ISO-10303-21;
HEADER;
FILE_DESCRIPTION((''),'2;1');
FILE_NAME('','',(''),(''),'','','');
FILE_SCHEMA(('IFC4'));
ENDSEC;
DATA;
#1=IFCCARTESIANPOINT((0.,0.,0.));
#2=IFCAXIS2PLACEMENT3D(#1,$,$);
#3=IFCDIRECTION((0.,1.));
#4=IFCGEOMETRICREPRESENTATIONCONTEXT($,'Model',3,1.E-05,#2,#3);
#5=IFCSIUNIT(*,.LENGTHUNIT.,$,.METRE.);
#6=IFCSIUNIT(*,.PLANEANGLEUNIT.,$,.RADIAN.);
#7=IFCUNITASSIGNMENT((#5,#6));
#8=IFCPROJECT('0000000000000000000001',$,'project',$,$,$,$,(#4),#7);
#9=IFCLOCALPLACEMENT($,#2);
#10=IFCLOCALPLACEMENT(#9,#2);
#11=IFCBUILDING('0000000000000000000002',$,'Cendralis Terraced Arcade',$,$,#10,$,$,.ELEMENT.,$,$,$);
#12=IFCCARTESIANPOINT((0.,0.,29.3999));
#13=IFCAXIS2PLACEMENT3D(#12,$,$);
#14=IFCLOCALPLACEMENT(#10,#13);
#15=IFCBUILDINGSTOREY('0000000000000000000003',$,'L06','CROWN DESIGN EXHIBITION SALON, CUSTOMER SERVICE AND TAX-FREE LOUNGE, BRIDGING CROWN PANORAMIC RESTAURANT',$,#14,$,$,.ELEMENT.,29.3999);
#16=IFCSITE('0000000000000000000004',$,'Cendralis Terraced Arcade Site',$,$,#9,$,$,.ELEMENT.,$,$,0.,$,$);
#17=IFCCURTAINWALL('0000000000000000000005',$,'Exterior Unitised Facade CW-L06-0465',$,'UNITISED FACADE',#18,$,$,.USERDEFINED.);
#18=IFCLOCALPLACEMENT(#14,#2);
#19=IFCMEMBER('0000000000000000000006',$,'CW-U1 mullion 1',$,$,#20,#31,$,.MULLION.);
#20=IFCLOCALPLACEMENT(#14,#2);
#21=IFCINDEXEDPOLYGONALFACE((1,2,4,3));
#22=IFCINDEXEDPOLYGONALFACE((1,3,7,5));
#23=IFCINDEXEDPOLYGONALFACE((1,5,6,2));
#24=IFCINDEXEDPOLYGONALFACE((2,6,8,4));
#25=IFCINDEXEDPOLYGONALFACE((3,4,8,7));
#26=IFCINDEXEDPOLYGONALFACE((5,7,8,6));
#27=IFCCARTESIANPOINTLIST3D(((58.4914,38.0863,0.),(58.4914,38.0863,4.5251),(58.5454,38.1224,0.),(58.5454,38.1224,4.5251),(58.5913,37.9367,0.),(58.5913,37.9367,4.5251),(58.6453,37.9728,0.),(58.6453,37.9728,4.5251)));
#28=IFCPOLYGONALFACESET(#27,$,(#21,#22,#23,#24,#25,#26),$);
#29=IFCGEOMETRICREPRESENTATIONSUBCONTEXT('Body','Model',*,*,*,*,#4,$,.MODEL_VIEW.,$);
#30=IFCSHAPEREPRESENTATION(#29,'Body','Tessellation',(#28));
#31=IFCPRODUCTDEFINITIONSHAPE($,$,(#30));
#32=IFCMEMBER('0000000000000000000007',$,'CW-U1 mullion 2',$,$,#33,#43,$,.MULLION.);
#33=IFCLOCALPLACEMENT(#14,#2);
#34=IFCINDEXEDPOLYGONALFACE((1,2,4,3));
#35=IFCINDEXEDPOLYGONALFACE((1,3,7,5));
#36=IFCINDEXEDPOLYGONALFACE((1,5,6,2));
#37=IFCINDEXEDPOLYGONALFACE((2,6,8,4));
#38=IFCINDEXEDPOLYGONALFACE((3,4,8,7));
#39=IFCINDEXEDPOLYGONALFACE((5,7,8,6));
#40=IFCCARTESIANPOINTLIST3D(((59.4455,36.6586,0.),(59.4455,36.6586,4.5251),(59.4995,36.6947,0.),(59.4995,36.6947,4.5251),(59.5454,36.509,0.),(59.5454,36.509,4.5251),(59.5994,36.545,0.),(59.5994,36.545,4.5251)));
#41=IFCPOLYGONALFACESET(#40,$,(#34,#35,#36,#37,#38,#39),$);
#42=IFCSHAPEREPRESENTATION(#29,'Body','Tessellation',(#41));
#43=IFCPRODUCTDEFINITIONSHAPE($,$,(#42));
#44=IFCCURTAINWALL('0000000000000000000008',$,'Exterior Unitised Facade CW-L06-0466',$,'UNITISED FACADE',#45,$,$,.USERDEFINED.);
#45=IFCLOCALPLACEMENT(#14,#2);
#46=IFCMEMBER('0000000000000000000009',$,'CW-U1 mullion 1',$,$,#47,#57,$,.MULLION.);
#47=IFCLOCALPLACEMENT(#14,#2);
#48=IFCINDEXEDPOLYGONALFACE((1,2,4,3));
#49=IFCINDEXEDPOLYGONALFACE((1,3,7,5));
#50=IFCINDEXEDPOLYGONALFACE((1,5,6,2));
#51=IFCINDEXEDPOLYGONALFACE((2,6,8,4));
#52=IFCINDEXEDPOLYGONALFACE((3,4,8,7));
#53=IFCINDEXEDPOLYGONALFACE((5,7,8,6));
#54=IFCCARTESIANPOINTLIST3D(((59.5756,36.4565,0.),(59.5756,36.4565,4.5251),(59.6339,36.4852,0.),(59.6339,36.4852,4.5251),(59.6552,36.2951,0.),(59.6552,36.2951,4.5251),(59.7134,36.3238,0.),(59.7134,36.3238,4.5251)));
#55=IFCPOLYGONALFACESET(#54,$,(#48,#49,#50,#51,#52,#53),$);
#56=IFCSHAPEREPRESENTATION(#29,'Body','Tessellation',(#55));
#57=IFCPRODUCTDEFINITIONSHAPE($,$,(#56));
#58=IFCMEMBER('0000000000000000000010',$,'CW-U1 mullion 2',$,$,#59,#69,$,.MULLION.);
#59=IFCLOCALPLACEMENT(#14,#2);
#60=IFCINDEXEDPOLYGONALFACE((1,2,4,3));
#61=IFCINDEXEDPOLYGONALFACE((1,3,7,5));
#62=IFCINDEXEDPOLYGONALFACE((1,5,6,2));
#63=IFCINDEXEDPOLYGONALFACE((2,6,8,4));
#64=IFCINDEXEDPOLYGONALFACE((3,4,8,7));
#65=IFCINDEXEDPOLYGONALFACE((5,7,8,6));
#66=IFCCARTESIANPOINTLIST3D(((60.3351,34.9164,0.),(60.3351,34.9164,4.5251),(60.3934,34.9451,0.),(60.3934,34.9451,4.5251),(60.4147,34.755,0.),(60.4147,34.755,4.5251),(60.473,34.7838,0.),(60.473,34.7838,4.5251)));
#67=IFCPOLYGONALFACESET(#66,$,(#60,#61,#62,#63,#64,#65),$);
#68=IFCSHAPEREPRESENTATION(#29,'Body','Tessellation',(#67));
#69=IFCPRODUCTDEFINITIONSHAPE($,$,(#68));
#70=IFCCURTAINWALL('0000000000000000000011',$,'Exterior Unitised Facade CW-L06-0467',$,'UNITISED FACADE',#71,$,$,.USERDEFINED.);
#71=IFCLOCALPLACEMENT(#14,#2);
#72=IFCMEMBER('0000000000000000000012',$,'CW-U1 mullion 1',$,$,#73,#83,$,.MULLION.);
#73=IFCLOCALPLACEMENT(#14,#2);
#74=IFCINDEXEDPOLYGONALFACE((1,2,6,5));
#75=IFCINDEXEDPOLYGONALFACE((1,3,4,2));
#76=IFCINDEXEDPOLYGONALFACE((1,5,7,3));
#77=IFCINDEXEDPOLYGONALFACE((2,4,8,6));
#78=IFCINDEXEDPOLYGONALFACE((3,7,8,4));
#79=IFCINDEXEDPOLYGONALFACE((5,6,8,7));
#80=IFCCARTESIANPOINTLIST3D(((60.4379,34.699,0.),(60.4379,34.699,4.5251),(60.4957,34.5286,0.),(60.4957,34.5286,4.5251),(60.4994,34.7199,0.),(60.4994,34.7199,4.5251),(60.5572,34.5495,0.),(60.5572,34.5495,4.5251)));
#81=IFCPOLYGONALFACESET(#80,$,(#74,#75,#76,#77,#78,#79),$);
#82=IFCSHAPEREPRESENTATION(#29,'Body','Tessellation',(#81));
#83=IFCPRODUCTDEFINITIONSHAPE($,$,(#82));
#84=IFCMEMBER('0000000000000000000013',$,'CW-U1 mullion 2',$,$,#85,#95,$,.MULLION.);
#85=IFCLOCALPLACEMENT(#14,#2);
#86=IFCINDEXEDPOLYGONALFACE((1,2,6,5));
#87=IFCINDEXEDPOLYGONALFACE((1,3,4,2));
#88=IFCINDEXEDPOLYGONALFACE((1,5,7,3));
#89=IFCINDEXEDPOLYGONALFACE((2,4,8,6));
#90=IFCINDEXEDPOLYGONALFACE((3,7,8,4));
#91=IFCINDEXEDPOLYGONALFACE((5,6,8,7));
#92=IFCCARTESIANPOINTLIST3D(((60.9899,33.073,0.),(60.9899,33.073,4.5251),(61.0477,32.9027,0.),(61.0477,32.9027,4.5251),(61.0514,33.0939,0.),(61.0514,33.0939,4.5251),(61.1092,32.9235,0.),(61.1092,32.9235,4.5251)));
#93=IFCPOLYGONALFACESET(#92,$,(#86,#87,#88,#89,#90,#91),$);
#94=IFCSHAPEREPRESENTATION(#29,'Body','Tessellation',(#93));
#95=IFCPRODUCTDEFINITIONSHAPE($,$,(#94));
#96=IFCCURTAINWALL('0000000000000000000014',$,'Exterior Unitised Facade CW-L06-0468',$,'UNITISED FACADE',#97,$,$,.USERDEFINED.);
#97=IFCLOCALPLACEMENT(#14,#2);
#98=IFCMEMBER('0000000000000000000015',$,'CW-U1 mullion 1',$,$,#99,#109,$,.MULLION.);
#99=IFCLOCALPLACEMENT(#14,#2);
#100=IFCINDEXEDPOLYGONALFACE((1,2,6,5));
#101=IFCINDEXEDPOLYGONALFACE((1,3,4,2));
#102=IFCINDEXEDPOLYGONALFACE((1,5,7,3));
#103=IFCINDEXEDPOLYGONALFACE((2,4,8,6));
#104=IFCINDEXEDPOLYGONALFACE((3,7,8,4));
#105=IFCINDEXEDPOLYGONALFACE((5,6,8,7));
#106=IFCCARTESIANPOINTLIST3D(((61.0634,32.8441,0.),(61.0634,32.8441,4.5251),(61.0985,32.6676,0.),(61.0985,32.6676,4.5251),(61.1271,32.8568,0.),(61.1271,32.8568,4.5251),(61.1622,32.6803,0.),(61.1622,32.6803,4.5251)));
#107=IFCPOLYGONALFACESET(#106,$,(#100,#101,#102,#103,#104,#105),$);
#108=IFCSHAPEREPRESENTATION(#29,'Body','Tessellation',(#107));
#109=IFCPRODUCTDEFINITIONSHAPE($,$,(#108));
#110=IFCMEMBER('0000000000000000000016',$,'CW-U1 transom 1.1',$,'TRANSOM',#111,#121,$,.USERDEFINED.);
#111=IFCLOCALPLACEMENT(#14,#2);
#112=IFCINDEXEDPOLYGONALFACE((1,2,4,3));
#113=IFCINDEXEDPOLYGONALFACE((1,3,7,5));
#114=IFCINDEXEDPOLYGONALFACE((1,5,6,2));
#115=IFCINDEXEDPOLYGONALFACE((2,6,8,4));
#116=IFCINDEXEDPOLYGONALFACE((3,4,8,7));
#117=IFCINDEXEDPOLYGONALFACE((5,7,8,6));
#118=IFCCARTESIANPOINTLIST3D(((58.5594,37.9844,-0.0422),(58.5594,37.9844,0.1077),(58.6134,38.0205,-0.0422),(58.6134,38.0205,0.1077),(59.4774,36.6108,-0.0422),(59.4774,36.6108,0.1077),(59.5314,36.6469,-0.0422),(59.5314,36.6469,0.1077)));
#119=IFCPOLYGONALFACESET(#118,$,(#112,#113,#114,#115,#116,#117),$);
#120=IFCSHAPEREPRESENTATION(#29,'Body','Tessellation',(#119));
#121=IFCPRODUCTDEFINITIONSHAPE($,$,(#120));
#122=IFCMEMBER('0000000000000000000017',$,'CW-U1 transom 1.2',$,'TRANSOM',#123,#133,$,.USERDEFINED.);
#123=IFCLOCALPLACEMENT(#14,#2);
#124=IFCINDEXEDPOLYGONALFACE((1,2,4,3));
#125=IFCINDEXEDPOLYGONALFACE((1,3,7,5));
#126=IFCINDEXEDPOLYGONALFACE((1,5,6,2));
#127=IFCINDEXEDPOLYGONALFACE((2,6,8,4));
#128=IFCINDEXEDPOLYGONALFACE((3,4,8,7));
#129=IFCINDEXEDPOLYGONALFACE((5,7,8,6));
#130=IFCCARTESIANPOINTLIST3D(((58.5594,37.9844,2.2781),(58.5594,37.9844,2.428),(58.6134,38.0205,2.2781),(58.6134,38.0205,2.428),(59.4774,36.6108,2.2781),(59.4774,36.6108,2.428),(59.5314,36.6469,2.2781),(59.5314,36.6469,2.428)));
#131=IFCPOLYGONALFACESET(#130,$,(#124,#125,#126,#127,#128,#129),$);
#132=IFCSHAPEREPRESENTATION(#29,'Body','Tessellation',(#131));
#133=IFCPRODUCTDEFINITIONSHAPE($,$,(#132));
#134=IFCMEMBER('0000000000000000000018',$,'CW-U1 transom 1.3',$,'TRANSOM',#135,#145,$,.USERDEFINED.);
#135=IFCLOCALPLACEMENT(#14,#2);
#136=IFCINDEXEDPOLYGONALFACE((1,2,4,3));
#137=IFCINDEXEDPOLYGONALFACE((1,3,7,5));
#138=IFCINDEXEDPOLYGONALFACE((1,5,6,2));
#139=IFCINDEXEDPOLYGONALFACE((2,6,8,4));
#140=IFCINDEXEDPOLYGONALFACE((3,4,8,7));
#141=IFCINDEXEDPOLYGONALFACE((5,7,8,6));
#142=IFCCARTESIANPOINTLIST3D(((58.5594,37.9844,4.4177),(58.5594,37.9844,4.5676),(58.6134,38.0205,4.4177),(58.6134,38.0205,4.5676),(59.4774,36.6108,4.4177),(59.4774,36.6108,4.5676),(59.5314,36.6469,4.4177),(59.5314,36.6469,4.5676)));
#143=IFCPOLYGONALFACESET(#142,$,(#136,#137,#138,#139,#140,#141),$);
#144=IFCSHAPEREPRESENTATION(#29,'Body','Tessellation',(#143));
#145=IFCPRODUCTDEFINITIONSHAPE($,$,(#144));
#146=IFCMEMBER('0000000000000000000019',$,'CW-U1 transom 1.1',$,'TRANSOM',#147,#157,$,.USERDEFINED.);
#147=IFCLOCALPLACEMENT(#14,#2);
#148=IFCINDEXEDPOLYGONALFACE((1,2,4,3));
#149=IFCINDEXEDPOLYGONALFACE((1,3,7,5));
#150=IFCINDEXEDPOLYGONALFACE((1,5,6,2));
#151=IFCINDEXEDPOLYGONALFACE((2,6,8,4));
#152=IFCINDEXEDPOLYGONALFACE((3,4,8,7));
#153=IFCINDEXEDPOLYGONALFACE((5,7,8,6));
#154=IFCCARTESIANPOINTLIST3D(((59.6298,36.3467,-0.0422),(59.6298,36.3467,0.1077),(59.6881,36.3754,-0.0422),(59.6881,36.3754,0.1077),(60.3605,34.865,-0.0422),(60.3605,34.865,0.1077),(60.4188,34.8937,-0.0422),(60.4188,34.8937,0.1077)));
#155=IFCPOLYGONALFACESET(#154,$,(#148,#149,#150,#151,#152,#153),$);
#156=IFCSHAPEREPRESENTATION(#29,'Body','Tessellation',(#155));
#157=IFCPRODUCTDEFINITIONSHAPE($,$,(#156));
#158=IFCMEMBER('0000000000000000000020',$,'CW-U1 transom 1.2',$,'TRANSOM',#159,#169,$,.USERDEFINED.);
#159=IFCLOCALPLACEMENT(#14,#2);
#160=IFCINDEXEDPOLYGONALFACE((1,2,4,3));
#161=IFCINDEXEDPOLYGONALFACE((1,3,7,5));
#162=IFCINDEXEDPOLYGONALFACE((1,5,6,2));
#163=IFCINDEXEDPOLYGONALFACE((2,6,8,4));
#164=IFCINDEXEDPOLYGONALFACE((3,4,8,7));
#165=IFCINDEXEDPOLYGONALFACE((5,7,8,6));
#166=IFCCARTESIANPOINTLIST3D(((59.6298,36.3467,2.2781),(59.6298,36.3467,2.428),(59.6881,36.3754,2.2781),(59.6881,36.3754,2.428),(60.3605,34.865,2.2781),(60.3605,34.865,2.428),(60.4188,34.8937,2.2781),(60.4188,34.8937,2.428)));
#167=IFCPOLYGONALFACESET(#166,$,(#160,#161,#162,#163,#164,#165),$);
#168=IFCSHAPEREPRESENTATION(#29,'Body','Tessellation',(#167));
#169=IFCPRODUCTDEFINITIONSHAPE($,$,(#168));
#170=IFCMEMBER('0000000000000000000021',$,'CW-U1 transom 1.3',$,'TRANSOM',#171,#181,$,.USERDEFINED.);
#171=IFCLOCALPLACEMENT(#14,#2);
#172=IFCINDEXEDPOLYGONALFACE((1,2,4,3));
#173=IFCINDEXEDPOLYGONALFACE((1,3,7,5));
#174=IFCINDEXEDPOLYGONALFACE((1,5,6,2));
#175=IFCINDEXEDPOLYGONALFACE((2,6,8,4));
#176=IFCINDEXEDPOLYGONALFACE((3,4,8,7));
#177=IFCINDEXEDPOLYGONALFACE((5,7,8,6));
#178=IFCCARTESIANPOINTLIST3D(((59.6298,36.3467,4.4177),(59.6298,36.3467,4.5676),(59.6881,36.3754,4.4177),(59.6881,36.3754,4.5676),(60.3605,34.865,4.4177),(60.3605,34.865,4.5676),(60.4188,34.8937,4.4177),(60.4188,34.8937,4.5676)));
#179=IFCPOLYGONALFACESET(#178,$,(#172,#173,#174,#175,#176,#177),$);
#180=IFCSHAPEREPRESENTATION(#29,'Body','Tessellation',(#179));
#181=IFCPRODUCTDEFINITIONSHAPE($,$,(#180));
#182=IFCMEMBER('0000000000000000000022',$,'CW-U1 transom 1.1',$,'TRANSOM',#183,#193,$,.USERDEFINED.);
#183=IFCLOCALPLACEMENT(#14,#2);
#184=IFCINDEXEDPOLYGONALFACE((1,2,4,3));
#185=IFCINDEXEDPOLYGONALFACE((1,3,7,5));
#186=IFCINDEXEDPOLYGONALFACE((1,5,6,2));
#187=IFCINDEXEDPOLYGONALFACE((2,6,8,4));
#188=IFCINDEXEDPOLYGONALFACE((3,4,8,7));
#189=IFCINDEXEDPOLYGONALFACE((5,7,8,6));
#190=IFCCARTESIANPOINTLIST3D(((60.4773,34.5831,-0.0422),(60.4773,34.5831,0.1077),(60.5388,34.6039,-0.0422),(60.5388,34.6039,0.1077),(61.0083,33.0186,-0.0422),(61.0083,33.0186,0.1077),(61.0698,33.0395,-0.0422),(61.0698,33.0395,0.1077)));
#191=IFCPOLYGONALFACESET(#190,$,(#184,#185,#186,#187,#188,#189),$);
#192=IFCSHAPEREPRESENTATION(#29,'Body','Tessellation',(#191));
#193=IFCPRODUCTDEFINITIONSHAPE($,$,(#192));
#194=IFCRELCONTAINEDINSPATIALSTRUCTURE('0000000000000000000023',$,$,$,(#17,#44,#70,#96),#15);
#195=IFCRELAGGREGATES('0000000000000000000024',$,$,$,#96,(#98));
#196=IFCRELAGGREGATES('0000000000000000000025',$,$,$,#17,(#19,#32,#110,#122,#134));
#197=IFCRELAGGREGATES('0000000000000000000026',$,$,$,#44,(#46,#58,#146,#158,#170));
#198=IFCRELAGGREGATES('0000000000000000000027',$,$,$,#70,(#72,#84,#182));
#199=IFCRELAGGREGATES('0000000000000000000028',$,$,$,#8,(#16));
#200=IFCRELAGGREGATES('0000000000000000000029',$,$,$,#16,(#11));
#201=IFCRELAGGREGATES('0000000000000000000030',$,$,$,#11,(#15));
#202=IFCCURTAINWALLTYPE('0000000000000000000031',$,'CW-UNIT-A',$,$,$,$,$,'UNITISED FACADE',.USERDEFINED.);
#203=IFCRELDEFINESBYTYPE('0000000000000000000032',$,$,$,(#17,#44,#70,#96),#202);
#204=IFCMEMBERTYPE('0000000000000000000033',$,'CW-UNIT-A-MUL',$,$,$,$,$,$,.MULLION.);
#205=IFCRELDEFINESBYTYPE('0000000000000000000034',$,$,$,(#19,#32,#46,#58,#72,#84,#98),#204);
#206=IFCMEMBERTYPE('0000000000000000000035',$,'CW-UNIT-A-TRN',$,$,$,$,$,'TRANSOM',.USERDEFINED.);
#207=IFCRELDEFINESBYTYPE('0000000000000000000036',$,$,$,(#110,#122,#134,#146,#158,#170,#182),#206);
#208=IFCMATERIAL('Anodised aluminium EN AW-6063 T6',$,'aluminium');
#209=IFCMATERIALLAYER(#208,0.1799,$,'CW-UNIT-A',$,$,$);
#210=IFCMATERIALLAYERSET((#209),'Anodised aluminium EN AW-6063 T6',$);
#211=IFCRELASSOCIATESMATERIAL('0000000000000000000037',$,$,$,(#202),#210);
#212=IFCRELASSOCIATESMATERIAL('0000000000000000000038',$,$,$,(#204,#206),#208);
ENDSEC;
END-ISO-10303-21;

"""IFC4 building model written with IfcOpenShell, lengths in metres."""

from ifc_helpers import new_model, si_unit, direction, frame, origin, origin_2d, place, context, subcontext, project, spatial, rectangle, extrude, material, layer, layer_set, material_profile, profile_set, type_object, element, aggregate, save


model = new_model("IFC4")

# Units and contexts
model_context = context("Model", 3, precision=1e-05, world=origin(), true_north=direction((0.0, 1.0)))
body_context = subcontext(model_context, "Body", "Model", "MODEL_VIEW")
ifc_project = project(units=[si_unit("LENGTHUNIT", "METRE"), si_unit("PLANEANGLEUNIT", "RADIAN")], contexts=[model_context])

# Site, building, storey
site_placement = place(None, origin())
site = spatial("IfcSite", under=ifc_project, at=site_placement, Name="Cendralis Terraced Arcade Site", CompositionType="ELEMENT", RefElevation=0.0)
building_placement = place(site_placement, origin())
building = spatial("IfcBuilding", under=site, at=building_placement, Name="Cendralis Terraced Arcade", CompositionType="ELEMENT")
storey_placement = place(building_placement, frame((0.0, 0.0, 29.3999)))
storey = spatial("IfcBuildingStorey", under=building, at=storey_placement, Name="L06", Description="CROWN DESIGN EXHIBITION SALON, CUSTOMER SERVICE AND TAX-FREE LOUNGE, BRIDGING CROWN PANORAMIC RESTAURANT", CompositionType="ELEMENT", Elevation=29.3999)

# Curtain walls, members
ifc_material_1 = material(Name="Anodised aluminium EN AW-6063 T6", Category="aluminium")
ifc_layer_1 = layer(ifc_material_1, 0.1799, Name="CW-UNIT-A")
ifc_layer_set_1 = layer_set([ifc_layer_1], Name="Anodised aluminium EN AW-6063 T6")
curtain_wall_type = type_object("IfcCurtainWallType", Name="CW-UNIT-A", ElementType="UNITISED FACADE", PredefinedType="USERDEFINED", material=ifc_layer_set_1)
curtain_wall_1_placement = place(storey_placement, origin())
curtain_wall_1 = element("IfcCurtainWall", 1, at=curtain_wall_1_placement, inside=storey, type_object=curtain_wall_type, Name="Exterior Unitised Facade CW-L06-0465", ObjectType="UNITISED FACADE", PredefinedType="USERDEFINED")
ifc_material_profile_1 = material_profile(ifc_material_1, rectangle(XDim=0.0649, YDim=0.1799, at=origin_2d()), Name="ALU-MUL-65x180")
ifc_profile_set_1 = profile_set([ifc_material_profile_1], Name="Anodised aluminium EN AW-6063 T6")
member_type_1 = type_object("IfcMemberType", Name="CW-UNIT-A-MUL", PredefinedType="MULLION", material=ifc_profile_set_1)
member_1_placement = place(storey_placement, frame((58.5684, 38.0295, 0.0), z_axis=(0.0, 0.0, 1.0), x_axis=(0.831471, 0.555567, 0.0)))
member_1 = element("IfcMember", 2, at=member_1_placement, type_object=member_type_1, Name="CW-U1 mullion 1", PredefinedType="MULLION", context=body_context, shape_type="SweptSolid", body=[
    extrude(rectangle(XDim=0.0649, YDim=0.1799, at=origin_2d()), origin(), (0.0, 0.0, 1.0), 4.5251),
])
member_2_placement = place(storey_placement, frame((59.5225, 36.6018, 0.0), z_axis=(0.0, 0.0, 1.0), x_axis=(0.831471, 0.555567, 0.0)))
member_2 = element("IfcMember", 3, at=member_2_placement, type_object=member_type_1, Name="CW-U1 mullion 2", PredefinedType="MULLION", context=body_context, shape_type="SweptSolid", body=[
    extrude(rectangle(XDim=0.0649, YDim=0.1799, at=origin_2d()), origin(), (0.0, 0.0, 1.0), 4.5251),
])
curtain_wall_2_placement = place(storey_placement, origin())
curtain_wall_2 = element("IfcCurtainWall", 4, at=curtain_wall_2_placement, inside=storey, type_object=curtain_wall_type, Name="Exterior Unitised Facade CW-L06-0466", ObjectType="UNITISED FACADE", PredefinedType="USERDEFINED")
member_3_placement = place(storey_placement, frame((59.6445, 36.3901, 0.0), z_axis=(0.0, 0.0, 1.0), x_axis=(0.896871, 0.442291, 0.0)))
member_3 = element("IfcMember", 5, at=member_3_placement, type_object=member_type_1, Name="CW-U1 mullion 1", PredefinedType="MULLION", context=body_context, shape_type="SweptSolid", body=[
    extrude(rectangle(XDim=0.0649, YDim=0.1799, at=origin_2d()), origin(), (0.0, 0.0, 1.0), 4.5251),
])
member_4_placement = place(storey_placement, frame((60.4041, 34.8501, 0.0), z_axis=(0.0, 0.0, 1.0), x_axis=(0.896871, 0.442291, 0.0)))
member_4 = element("IfcMember", 6, at=member_4_placement, type_object=member_type_1, Name="CW-U1 mullion 2", PredefinedType="MULLION", context=body_context, shape_type="SweptSolid", body=[
    extrude(rectangle(XDim=0.0649, YDim=0.1799, at=origin_2d()), origin(), (0.0, 0.0, 1.0), 4.5251),
])
curtain_wall_3_placement = place(storey_placement, origin())
curtain_wall_3 = element("IfcCurtainWall", 7, at=curtain_wall_3_placement, inside=storey, type_object=curtain_wall_type, Name="Exterior Unitised Facade CW-L06-0467", ObjectType="UNITISED FACADE", PredefinedType="USERDEFINED")
member_5_placement = place(storey_placement, frame((60.4976, 34.6243, 0.0), z_axis=(0.0, 0.0, 1.0), x_axis=(0.946924, 0.321458, 0.0)))
member_5 = element("IfcMember", 8, at=member_5_placement, type_object=member_type_1, Name="CW-U1 mullion 1", PredefinedType="MULLION", context=body_context, shape_type="SweptSolid", body=[
    extrude(rectangle(XDim=0.0649, YDim=0.1799, at=origin_2d()), origin(), (0.0, 0.0, 1.0), 4.5251),
])
member_6_placement = place(storey_placement, frame((61.0496, 32.9983, 0.0), z_axis=(0.0, 0.0, 1.0), x_axis=(0.946924, 0.321458, 0.0)))
member_6 = element("IfcMember", 9, at=member_6_placement, type_object=member_type_1, Name="CW-U1 mullion 2", PredefinedType="MULLION", context=body_context, shape_type="SweptSolid", body=[
    extrude(rectangle(XDim=0.0649, YDim=0.1799, at=origin_2d()), origin(), (0.0, 0.0, 1.0), 4.5251),
])

# Curtain wall, member
curtain_wall_4_placement = place(storey_placement, origin())
curtain_wall_4 = element("IfcCurtainWall", 10, at=curtain_wall_4_placement, inside=storey, type_object=curtain_wall_type, Name="Exterior Unitised Facade CW-L06-0468", ObjectType="UNITISED FACADE", PredefinedType="USERDEFINED")
member_7_placement = place(storey_placement, frame((61.1128, 32.7622, 0.0), z_axis=(0.0, 0.0, 1.0), x_axis=(0.980792, 0.195058, 0.0)))
member_7 = element("IfcMember", 11, at=member_7_placement, type_object=member_type_1, Name="CW-U1 mullion 1", PredefinedType="MULLION", context=body_context, shape_type="SweptSolid", body=[
    extrude(rectangle(XDim=0.0649, YDim=0.1799, at=origin_2d()), origin(), (0.0, 0.0, 1.0), 4.5251),
])

# Members
ifc_material_profile_2 = material_profile(ifc_material_1, rectangle(XDim=0.0649, YDim=0.1499, at=origin_2d()), Name="ALU-TRN-65x150")
ifc_profile_set_2 = profile_set([ifc_material_profile_2], Name="Anodised aluminium EN AW-6063 T6")
member_type_2 = type_object("IfcMemberType", Name="CW-UNIT-A-TRN", ElementType="TRANSOM", PredefinedType="USERDEFINED", material=ifc_profile_set_2)
member_8_placement = place(storey_placement, frame((58.5864, 38.0024, 0.0327), z_axis=(0.555655, -0.831413, 0.0), x_axis=(0.831413, 0.555655, 0.0)))
member_8 = element("IfcMember", 12, at=member_8_placement, type_object=member_type_2, Name="CW-U1 transom 1.1", ObjectType="TRANSOM", PredefinedType="USERDEFINED", context=body_context, shape_type="SweptSolid", body=[
    extrude(rectangle(XDim=0.0649, YDim=0.1499, at=origin_2d()), origin(), (0.0, 0.0, 1.0), 1.6521),
])
member_9_placement = place(storey_placement, frame((58.5864, 38.0024, 2.353), z_axis=(0.555655, -0.831413, 0.0), x_axis=(0.831413, 0.555655, 0.0)))
member_9 = element("IfcMember", 13, at=member_9_placement, type_object=member_type_2, Name="CW-U1 transom 1.2", ObjectType="TRANSOM", PredefinedType="USERDEFINED", context=body_context, shape_type="SweptSolid", body=[
    extrude(rectangle(XDim=0.0649, YDim=0.1499, at=origin_2d()), origin(), (0.0, 0.0, 1.0), 1.6521),
])
member_10_placement = place(storey_placement, frame((58.5864, 38.0024, 4.4927), z_axis=(0.555655, -0.831413, 0.0), x_axis=(0.831413, 0.555655, 0.0)))
member_10 = element("IfcMember", 14, at=member_10_placement, type_object=member_type_2, Name="CW-U1 transom 1.3", ObjectType="TRANSOM", PredefinedType="USERDEFINED", context=body_context, shape_type="SweptSolid", body=[
    extrude(rectangle(XDim=0.0649, YDim=0.1499, at=origin_2d()), origin(), (0.0, 0.0, 1.0), 1.6521),
])
member_11_placement = place(storey_placement, frame((59.6589, 36.3611, 0.0327), z_axis=(0.442301, -0.896867, 0.0), x_axis=(0.896867, 0.442301, 0.0)))
member_11 = element("IfcMember", 15, at=member_11_placement, type_object=member_type_2, Name="CW-U1 transom 1.1", ObjectType="TRANSOM", PredefinedType="USERDEFINED", context=body_context, shape_type="SweptSolid", body=[
    extrude(rectangle(XDim=0.0649, YDim=0.1499, at=origin_2d()), origin(), (0.0, 0.0, 1.0), 1.6521),
])
member_12_placement = place(storey_placement, frame((59.6589, 36.3611, 2.353), z_axis=(0.442301, -0.896867, 0.0), x_axis=(0.896867, 0.442301, 0.0)))
member_12 = element("IfcMember", 16, at=member_12_placement, type_object=member_type_2, Name="CW-U1 transom 1.2", ObjectType="TRANSOM", PredefinedType="USERDEFINED", context=body_context, shape_type="SweptSolid", body=[
    extrude(rectangle(XDim=0.0649, YDim=0.1499, at=origin_2d()), origin(), (0.0, 0.0, 1.0), 1.6521),
])
member_13_placement = place(storey_placement, frame((59.6589, 36.3611, 4.4927), z_axis=(0.442301, -0.896867, 0.0), x_axis=(0.896867, 0.442301, 0.0)))
member_13 = element("IfcMember", 17, at=member_13_placement, type_object=member_type_2, Name="CW-U1 transom 1.3", ObjectType="TRANSOM", PredefinedType="USERDEFINED", context=body_context, shape_type="SweptSolid", body=[
    extrude(rectangle(XDim=0.0649, YDim=0.1499, at=origin_2d()), origin(), (0.0, 0.0, 1.0), 1.6521),
])
member_14_placement = place(storey_placement, frame((60.5081, 34.5935, 0.0327), z_axis=(0.32141, -0.94694, 0.0), x_axis=(0.94694, 0.32141, 0.0)))
member_14 = element("IfcMember", 18, at=member_14_placement, type_object=member_type_2, Name="CW-U1 transom 1.1", ObjectType="TRANSOM", PredefinedType="USERDEFINED", context=body_context, shape_type="SweptSolid", body=[
    extrude(rectangle(XDim=0.0649, YDim=0.1499, at=origin_2d()), origin(), (0.0, 0.0, 1.0), 1.6521),
])
aggregate(curtain_wall_4, [member_7])

aggregate(curtain_wall_1, [member_1, member_2, member_8, member_9, member_10])
aggregate(curtain_wall_2, [member_3, member_4, member_11, member_12, member_13])
aggregate(curtain_wall_3, [member_5, member_6, member_14])

save(model, "model.ifc")
